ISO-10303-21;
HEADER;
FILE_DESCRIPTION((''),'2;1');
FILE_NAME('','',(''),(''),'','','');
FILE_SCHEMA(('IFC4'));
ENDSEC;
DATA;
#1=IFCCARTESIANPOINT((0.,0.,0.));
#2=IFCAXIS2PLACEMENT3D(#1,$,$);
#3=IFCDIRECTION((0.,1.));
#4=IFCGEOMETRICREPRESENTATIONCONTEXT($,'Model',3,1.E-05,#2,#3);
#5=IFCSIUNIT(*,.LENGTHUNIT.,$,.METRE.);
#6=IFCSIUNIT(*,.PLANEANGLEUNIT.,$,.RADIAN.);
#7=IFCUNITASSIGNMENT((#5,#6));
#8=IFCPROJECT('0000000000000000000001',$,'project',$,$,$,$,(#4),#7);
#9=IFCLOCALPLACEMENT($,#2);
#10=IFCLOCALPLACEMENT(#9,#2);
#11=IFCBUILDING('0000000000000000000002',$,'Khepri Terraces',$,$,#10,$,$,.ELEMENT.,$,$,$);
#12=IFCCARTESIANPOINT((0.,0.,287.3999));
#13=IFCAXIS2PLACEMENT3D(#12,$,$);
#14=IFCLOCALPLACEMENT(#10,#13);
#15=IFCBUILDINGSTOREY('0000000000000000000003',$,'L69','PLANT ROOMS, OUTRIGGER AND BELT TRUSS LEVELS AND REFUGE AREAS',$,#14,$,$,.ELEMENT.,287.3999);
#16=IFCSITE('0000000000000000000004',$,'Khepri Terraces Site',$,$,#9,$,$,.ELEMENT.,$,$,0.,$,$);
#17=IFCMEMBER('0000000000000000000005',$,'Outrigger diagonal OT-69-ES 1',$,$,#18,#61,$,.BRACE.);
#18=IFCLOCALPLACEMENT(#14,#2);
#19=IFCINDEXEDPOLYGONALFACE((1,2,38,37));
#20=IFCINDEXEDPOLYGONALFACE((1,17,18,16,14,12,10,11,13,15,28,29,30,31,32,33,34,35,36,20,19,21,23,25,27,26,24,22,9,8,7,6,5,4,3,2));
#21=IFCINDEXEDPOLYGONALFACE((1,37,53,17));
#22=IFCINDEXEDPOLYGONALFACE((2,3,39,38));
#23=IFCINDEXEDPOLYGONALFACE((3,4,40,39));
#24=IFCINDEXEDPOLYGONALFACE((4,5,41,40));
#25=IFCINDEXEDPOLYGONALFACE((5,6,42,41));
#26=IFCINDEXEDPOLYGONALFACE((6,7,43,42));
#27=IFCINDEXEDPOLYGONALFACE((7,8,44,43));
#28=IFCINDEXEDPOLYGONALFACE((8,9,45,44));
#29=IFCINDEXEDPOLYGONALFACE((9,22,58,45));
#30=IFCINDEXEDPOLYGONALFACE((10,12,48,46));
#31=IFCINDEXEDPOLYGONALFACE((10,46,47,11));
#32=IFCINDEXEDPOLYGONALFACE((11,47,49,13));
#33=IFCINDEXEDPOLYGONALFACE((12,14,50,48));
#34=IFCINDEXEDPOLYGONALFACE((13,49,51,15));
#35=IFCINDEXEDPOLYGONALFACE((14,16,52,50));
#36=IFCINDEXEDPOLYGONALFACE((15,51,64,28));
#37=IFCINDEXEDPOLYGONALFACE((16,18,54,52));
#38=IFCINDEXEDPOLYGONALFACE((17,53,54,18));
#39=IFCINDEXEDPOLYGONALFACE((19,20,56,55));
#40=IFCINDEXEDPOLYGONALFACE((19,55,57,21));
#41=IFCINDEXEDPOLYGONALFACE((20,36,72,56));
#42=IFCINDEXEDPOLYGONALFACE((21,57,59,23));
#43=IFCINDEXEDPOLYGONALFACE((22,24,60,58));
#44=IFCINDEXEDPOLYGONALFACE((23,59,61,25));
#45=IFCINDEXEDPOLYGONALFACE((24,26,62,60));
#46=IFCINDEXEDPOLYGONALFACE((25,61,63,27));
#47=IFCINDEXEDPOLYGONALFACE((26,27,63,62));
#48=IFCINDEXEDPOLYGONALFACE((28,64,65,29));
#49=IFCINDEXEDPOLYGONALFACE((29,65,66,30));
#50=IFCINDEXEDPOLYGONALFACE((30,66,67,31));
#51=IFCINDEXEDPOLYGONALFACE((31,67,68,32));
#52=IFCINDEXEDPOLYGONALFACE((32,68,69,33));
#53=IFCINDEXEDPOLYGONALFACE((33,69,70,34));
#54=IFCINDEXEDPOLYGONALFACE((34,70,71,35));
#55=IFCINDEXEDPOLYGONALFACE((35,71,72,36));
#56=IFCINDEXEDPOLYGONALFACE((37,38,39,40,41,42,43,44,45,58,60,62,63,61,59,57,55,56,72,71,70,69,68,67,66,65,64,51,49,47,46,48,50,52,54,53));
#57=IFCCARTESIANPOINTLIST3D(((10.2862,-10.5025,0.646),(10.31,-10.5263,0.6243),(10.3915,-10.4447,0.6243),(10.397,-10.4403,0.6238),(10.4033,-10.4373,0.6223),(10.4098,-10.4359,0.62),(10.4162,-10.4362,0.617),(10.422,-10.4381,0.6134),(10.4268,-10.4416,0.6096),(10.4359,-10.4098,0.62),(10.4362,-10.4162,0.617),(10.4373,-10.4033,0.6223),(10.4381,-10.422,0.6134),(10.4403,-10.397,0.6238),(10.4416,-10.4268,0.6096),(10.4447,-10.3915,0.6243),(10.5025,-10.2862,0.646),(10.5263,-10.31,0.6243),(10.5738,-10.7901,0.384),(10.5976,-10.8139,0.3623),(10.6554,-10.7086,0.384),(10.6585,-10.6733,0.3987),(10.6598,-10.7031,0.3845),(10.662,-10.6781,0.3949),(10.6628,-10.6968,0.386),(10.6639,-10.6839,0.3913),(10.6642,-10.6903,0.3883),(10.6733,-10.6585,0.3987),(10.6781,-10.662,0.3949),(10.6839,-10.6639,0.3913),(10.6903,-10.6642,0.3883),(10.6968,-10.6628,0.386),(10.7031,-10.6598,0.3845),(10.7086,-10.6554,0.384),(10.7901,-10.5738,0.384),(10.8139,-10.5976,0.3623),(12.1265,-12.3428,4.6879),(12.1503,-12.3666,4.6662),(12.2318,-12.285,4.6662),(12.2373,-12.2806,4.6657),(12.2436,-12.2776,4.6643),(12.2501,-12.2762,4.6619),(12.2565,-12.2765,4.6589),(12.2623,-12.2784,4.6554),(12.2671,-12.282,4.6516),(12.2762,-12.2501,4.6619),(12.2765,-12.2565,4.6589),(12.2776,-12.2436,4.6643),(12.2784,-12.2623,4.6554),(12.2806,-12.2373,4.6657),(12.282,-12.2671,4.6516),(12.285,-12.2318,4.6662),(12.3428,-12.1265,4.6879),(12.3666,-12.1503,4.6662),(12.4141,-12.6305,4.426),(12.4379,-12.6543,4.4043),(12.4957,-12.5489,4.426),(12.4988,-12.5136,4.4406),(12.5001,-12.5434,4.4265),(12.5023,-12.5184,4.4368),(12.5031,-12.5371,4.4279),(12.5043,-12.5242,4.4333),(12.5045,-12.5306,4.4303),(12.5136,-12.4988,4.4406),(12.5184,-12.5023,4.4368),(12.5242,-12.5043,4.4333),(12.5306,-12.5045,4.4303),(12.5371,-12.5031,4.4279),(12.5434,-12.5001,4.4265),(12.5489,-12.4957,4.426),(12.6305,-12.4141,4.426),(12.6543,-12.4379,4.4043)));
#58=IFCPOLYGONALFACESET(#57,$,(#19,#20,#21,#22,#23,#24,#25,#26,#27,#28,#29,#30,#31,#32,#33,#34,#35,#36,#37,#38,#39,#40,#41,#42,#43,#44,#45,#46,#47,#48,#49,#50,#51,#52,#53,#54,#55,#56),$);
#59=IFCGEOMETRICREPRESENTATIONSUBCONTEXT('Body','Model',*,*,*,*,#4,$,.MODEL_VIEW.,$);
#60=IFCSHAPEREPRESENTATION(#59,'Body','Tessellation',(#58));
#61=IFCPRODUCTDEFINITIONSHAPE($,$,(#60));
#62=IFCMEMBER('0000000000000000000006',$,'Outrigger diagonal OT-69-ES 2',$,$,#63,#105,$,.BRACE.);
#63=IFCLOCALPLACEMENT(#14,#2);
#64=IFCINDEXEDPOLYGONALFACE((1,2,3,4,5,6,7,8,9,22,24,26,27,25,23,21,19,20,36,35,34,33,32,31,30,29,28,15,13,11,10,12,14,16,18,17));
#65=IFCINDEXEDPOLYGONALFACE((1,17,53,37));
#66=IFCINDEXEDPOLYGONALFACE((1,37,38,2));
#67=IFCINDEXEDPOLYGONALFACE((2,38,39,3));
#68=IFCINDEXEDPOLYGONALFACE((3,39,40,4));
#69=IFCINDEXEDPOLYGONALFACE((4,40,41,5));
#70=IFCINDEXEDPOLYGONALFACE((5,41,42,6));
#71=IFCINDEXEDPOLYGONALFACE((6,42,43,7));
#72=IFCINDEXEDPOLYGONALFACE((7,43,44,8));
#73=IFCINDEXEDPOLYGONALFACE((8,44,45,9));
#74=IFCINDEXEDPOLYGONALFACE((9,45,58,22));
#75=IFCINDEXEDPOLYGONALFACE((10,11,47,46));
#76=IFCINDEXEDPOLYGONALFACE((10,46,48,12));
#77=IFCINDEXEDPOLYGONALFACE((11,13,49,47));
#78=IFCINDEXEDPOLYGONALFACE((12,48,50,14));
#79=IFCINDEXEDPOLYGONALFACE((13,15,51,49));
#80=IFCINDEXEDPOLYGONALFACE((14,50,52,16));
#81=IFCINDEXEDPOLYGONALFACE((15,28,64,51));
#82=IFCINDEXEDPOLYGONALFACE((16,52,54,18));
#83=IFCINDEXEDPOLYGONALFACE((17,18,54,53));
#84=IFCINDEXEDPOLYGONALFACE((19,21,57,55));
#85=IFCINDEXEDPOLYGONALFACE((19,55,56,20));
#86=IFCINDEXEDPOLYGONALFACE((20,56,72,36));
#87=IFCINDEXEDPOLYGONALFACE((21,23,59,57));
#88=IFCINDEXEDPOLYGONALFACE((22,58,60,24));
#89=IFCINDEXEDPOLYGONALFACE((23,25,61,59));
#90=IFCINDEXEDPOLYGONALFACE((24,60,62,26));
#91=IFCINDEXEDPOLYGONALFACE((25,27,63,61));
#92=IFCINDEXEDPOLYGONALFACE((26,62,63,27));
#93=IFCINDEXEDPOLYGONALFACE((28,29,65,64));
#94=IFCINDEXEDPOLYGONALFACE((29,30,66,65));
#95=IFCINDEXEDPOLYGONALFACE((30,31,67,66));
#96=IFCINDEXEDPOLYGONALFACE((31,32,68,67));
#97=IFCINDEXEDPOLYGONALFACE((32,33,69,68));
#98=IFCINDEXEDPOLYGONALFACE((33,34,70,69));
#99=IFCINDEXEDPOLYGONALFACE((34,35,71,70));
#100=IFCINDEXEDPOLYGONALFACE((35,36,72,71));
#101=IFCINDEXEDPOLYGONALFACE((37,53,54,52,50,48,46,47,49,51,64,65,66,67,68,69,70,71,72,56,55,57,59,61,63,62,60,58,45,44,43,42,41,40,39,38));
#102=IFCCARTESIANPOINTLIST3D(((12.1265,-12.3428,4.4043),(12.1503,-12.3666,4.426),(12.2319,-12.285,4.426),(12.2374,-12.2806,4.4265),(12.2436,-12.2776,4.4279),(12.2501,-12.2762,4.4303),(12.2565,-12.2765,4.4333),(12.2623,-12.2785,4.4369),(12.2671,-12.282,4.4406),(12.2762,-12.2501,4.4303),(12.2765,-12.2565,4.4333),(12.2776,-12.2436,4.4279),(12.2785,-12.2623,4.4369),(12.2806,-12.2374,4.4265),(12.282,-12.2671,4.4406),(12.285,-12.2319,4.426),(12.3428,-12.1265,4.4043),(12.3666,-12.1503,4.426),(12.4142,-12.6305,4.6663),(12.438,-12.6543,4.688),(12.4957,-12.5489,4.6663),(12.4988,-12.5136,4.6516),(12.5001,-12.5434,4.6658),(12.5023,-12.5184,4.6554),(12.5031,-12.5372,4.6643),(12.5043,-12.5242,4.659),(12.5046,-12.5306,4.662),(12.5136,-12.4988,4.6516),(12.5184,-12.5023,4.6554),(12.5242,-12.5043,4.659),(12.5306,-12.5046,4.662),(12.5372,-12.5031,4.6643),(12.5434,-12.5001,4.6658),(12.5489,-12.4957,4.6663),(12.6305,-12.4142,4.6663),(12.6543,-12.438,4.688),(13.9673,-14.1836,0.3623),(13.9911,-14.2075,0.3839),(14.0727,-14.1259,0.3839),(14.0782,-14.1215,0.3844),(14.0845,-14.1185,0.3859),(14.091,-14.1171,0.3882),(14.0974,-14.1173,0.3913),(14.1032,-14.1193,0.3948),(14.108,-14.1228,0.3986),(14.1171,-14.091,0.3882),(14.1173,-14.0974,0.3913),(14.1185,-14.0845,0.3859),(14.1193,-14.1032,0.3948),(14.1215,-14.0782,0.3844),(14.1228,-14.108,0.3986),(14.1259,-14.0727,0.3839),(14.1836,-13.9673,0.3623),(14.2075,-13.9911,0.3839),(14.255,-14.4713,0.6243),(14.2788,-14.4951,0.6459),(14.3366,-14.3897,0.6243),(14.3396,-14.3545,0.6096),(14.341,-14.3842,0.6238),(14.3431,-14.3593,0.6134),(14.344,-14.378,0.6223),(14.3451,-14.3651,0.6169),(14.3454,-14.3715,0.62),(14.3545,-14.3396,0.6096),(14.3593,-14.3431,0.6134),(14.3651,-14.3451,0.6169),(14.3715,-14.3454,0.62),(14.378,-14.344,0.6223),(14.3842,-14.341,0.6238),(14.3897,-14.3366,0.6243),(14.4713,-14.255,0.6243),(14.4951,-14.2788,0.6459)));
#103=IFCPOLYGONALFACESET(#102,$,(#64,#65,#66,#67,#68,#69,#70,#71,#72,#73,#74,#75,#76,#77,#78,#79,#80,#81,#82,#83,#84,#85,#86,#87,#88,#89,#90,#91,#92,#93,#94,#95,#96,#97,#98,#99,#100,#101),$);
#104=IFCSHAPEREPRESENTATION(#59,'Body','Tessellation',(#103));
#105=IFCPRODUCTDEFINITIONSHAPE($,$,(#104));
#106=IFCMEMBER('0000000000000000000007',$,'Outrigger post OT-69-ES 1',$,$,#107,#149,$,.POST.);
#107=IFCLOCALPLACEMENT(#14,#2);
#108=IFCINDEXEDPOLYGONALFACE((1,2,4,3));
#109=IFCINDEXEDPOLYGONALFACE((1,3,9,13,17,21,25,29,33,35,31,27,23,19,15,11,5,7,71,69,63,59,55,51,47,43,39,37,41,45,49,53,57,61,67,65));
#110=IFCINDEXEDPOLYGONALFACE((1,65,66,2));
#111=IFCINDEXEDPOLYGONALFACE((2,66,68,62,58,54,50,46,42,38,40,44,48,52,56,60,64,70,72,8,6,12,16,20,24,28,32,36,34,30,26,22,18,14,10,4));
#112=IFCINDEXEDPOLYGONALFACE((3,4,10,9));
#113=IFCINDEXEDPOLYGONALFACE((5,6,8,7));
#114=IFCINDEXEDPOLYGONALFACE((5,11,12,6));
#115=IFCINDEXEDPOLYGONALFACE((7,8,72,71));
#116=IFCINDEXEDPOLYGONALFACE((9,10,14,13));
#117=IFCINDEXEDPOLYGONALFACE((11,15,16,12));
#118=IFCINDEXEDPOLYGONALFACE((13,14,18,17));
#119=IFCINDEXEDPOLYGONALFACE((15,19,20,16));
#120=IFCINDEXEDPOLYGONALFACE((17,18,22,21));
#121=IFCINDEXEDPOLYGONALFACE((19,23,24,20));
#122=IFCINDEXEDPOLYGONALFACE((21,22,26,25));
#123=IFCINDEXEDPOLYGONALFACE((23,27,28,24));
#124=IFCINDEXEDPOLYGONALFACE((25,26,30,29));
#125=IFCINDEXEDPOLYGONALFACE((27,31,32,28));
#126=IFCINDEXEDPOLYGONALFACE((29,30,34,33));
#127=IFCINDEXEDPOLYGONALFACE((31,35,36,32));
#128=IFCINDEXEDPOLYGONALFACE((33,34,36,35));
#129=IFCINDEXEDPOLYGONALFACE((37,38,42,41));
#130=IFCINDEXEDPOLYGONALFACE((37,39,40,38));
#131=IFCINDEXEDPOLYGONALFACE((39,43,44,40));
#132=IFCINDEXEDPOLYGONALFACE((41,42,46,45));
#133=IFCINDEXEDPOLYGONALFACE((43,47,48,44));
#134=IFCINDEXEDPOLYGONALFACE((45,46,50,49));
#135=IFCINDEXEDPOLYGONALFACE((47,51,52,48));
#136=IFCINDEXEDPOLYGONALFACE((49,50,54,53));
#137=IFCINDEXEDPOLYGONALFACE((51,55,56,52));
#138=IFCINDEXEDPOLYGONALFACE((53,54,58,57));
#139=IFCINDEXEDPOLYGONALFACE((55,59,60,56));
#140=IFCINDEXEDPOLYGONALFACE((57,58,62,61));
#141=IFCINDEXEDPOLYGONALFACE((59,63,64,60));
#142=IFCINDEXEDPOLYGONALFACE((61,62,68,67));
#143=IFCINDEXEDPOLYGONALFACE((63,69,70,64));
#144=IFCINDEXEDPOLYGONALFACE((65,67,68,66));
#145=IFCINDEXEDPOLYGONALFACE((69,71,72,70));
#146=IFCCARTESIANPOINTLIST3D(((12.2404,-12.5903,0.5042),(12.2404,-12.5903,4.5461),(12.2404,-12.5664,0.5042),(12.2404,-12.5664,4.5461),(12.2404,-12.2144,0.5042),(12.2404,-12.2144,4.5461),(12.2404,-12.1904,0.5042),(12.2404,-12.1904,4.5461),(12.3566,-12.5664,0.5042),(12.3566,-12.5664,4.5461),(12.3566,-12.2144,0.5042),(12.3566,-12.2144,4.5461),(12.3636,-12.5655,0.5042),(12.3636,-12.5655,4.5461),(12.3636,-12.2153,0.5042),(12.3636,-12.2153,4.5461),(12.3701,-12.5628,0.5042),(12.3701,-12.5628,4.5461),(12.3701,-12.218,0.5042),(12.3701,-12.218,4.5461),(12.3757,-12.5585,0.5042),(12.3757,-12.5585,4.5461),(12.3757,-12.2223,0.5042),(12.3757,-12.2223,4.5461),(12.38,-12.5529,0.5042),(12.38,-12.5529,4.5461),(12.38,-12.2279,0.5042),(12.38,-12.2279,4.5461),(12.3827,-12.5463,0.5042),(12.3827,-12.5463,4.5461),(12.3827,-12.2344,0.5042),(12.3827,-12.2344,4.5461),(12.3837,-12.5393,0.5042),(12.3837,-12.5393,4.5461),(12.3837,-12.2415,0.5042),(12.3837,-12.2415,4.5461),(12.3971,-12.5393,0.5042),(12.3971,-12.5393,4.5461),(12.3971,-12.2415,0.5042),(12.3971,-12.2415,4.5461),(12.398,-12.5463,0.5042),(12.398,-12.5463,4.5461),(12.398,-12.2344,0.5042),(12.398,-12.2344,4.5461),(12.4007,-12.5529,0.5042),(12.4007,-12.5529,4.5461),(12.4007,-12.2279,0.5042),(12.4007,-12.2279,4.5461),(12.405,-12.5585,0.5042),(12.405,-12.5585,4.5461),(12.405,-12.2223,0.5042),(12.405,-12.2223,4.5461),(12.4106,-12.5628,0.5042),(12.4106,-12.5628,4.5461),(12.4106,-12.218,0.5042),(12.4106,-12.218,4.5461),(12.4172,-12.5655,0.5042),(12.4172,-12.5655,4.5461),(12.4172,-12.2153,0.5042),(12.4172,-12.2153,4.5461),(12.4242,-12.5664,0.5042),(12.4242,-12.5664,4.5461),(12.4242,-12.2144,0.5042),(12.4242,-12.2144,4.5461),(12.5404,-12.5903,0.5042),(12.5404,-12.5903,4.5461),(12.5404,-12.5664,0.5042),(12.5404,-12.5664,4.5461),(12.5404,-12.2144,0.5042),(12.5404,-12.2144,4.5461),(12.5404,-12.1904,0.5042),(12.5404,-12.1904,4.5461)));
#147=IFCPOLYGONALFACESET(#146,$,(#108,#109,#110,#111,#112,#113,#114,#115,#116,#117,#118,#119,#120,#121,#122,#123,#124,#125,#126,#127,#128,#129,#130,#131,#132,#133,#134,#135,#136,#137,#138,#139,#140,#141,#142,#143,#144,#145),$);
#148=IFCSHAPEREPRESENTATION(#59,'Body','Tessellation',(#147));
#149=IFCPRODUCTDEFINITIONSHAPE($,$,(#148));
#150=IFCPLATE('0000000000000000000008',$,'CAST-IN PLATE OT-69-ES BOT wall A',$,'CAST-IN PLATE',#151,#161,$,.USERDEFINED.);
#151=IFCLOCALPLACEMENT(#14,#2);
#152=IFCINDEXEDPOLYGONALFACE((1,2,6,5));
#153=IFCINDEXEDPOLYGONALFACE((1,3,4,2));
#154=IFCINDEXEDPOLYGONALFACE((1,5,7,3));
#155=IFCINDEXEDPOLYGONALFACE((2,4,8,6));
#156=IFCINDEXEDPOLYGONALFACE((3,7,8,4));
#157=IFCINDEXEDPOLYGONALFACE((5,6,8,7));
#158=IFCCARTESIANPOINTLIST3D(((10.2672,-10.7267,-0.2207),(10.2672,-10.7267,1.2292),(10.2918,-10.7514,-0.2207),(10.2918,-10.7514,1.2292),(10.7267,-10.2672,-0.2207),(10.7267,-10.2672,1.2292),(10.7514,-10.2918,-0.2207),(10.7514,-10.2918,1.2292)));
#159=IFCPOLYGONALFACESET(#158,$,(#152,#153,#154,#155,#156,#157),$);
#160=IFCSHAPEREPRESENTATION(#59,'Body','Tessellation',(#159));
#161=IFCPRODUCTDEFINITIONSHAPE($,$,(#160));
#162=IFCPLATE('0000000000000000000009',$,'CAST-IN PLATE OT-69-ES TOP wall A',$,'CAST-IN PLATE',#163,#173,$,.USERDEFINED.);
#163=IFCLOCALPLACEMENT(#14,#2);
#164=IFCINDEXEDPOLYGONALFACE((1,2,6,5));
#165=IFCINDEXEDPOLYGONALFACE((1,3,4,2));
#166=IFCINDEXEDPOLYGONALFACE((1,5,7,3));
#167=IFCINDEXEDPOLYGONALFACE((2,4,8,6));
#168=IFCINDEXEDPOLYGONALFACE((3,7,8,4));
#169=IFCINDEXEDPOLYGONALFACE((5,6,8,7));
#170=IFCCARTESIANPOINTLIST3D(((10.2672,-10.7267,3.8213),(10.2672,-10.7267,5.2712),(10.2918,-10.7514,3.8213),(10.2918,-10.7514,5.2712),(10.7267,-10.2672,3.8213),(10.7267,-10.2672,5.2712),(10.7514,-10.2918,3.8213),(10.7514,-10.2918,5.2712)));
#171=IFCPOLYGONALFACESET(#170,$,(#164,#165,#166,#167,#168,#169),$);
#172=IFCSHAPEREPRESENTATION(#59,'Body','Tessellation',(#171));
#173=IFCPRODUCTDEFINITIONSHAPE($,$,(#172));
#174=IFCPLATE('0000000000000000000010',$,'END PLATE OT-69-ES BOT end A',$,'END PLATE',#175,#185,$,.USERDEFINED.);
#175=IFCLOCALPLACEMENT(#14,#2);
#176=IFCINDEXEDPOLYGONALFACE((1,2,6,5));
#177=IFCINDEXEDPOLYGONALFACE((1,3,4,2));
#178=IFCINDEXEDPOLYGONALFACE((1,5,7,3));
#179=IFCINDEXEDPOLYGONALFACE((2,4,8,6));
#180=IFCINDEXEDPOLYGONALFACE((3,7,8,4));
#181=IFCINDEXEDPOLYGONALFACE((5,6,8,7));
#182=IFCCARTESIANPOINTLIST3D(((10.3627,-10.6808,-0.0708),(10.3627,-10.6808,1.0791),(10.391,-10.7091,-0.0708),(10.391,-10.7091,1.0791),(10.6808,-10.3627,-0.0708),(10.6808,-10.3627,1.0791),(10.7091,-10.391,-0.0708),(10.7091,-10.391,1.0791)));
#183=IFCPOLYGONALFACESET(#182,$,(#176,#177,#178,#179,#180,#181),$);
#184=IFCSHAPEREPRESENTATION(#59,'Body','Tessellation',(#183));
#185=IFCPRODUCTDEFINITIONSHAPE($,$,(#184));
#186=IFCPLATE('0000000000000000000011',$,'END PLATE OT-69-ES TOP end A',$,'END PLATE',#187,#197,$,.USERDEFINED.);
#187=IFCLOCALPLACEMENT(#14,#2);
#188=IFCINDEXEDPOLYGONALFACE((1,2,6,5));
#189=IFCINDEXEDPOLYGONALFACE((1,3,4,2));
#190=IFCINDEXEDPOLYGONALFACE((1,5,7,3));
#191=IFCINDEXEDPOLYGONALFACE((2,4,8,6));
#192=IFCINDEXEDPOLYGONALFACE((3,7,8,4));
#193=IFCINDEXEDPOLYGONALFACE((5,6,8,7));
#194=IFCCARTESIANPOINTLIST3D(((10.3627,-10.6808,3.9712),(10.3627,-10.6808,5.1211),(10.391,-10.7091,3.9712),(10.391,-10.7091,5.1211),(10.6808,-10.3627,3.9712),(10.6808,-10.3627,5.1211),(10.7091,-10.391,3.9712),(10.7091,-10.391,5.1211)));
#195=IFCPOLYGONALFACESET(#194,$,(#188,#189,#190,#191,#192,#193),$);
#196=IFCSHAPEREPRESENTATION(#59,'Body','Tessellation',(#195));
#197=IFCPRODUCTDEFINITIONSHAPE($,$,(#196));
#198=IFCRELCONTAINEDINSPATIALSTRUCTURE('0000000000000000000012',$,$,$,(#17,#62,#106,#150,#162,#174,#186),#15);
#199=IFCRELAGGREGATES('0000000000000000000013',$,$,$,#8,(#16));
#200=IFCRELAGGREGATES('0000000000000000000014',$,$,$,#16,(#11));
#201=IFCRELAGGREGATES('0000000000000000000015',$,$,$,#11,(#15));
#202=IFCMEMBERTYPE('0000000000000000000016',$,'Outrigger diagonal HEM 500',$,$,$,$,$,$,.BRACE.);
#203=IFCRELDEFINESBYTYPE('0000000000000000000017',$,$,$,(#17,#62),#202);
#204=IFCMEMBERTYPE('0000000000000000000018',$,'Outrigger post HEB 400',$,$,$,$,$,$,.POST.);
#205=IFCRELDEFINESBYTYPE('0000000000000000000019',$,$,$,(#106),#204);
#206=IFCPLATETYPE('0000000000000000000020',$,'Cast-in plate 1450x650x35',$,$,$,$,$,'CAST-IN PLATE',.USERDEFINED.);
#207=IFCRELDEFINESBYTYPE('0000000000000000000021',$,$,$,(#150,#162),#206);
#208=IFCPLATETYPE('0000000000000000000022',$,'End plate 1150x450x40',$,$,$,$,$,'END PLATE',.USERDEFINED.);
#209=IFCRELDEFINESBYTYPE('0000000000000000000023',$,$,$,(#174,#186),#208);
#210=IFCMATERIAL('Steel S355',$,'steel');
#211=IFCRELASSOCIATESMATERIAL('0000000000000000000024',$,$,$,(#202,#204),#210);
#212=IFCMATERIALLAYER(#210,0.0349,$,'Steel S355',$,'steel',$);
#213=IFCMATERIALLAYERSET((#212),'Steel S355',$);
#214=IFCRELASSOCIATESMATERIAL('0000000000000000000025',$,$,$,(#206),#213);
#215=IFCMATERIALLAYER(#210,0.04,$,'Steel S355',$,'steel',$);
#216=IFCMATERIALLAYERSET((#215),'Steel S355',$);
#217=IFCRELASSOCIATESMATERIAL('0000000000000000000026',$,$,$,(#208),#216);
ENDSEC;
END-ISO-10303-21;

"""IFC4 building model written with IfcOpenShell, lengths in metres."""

from ifc_helpers import new_model, si_unit, direction, frame, origin, origin_2d, place, context, subcontext, project, spatial, rectangle, i_section, extrude, material, layer, layer_set, material_profile, profile_set, type_object, element, save


model = new_model("IFC4")

# Units and contexts
model_context = context("Model", 3, precision=1e-05, world=origin(), true_north=direction((0.0, 1.0)))
body_context = subcontext(model_context, "Body", "Model", "MODEL_VIEW")
ifc_project = project(units=[si_unit("LENGTHUNIT", "METRE"), si_unit("PLANEANGLEUNIT", "RADIAN")], contexts=[model_context])

# Site, building, storey
site_placement = place(None, origin())
site = spatial("IfcSite", under=ifc_project, at=site_placement, Name="Khepri Terraces Site", CompositionType="ELEMENT", RefElevation=0.0)
building_placement = place(site_placement, origin())
building = spatial("IfcBuilding", under=site, at=building_placement, Name="Khepri Terraces", CompositionType="ELEMENT")
storey_placement = place(building_placement, frame((0.0, 0.0, 287.3999)))
storey = spatial("IfcBuildingStorey", under=building, at=storey_placement, Name="L69", Description="PLANT ROOMS, OUTRIGGER AND BELT TRUSS LEVELS AND REFUGE AREAS", CompositionType="ELEMENT", Elevation=287.3999)

# Members
ifc_material_1 = material(Name="Steel S355", Category="steel")
ifc_material_profile_1 = material_profile(ifc_material_1, i_section(OverallWidth=0.3059, OverallDepth=0.5239, WebThickness=0.021, FlangeThickness=0.04, FilletRadius=0.0271, at=origin_2d()), Name="Steel S355", Category="steel")
ifc_profile_set_1 = profile_set([ifc_material_profile_1], Name="Steel S355")
member_type_1 = type_object("IfcMemberType", Name="Outrigger diagonal HEM 500", PredefinedType="BRACE", material=ifc_profile_set_1)
member_1_placement = place(storey_placement, frame((10.55, -10.55, 0.5042), z_axis=(0.38281, -0.38281, 0.840781), x_axis=(0.707107, 0.707107, 0.0)))
element("IfcMember", 1, at=member_1_placement, inside=storey, type_object=member_type_1, Name="Outrigger diagonal OT-69-ES 1", PredefinedType="BRACE", context=body_context, shape_type="SweptSolid", body=[
    extrude(i_section(OverallWidth=0.3059, OverallDepth=0.5239, WebThickness=0.021, FlangeThickness=0.04, FilletRadius=0.0271, at=origin_2d()), origin(), (0.0, 0.0, 1.0), 4.8074),
])
member_2_placement = place(storey_placement, frame((12.3904, -12.3904, 4.5461), z_axis=(0.382882, -0.382882, -0.840716), x_axis=(0.707107, 0.707107, 0.0)))
element("IfcMember", 2, at=member_2_placement, inside=storey, type_object=member_type_1, Name="Outrigger diagonal OT-69-ES 2", PredefinedType="BRACE", context=body_context, shape_type="SweptSolid", body=[
    extrude(i_section(OverallWidth=0.3059, OverallDepth=0.5239, WebThickness=0.021, FlangeThickness=0.04, FilletRadius=0.0271, at=origin_2d()), origin(), (0.0, 0.0, 1.0), 4.8079),
])
ifc_material_profile_2 = material_profile(ifc_material_1, i_section(OverallWidth=0.3, OverallDepth=0.3999, WebThickness=0.0134, FlangeThickness=0.0239, FilletRadius=0.0271, at=origin_2d()), Name="Steel S355", Category="steel")
ifc_profile_set_2 = profile_set([ifc_material_profile_2], Name="Steel S355")
member_type_2 = type_object("IfcMemberType", Name="Outrigger post HEB 400", PredefinedType="POST", material=ifc_profile_set_2)
member_3_placement = place(storey_placement, frame((12.3904, -12.3904, 0.5042), z_axis=(0.0, 0.0, 1.0), x_axis=(1.0, 0.0, 0.0)))
element("IfcMember", 3, at=member_3_placement, inside=storey, type_object=member_type_2, Name="Outrigger post OT-69-ES 1", PredefinedType="POST", context=body_context, shape_type="SweptSolid", body=[
    extrude(i_section(OverallWidth=0.3, OverallDepth=0.3999, WebThickness=0.0134, FlangeThickness=0.0239, FilletRadius=0.0271, at=origin_2d()), origin(), (0.0, 0.0, 1.0), 4.042),
])

# Plates
ifc_layer_1 = layer(ifc_material_1, 0.0349, Name="Steel S355", Category="steel")
ifc_layer_set_1 = layer_set([ifc_layer_1], Name="Steel S355")
plate_type_1 = type_object("IfcPlateType", Name="Cast-in plate 1450x650x35", ElementType="CAST-IN PLATE", PredefinedType="USERDEFINED", material=ifc_layer_set_1)
for number, where, z_axis, x_axis, name in (
    (4, (10.5093, -10.5093, -0.2207), (0.0, 0.0, 1.0), (0.707107, -0.707107, 0.0), "CAST-IN PLATE OT-69-ES BOT wall A"),
    (5, (10.5093, -10.5093, 3.8213), (0.0, 0.0, 1.0), (0.707107, -0.707107, 0.0), "CAST-IN PLATE OT-69-ES TOP wall A"),
):
    element("IfcPlate", number, at=place(storey_placement, frame(where, z_axis=z_axis, x_axis=x_axis)), inside=storey, type_object=plate_type_1, Name=name, ObjectType="CAST-IN PLATE", PredefinedType="USERDEFINED", context=body_context, shape_type="SweptSolid", body=[
        extrude(rectangle(XDim=0.0349, YDim=0.6499, at=origin_2d()), origin(), (0.0, 0.0, 1.0), 1.45),
    ])
ifc_layer_2 = layer(ifc_material_1, 0.04, Name="Steel S355", Category="steel")
ifc_layer_set_2 = layer_set([ifc_layer_2], Name="Steel S355")
plate_type_2 = type_object("IfcPlateType", Name="End plate 1150x450x40", ElementType="END PLATE", PredefinedType="USERDEFINED", material=ifc_layer_set_2)
for number, where, z_axis, x_axis, name in (
    (6, (10.5359, -10.5359, -0.0708), (0.0, 0.0, 1.0), (0.707107, -0.707107, 0.0), "END PLATE OT-69-ES BOT end A"),
    (7, (10.5359, -10.5359, 3.9712), (0.0, 0.0, 1.0), (0.707107, -0.707107, 0.0), "END PLATE OT-69-ES TOP end A"),
):
    element("IfcPlate", number, at=place(storey_placement, frame(where, z_axis=z_axis, x_axis=x_axis)), inside=storey, type_object=plate_type_2, Name=name, ObjectType="END PLATE", PredefinedType="USERDEFINED", context=body_context, shape_type="SweptSolid", body=[
        extrude(rectangle(XDim=0.04, YDim=0.45, at=origin_2d()), origin(), (0.0, 0.0, 1.0), 1.1499),
    ])

save(model, "model.ifc")
